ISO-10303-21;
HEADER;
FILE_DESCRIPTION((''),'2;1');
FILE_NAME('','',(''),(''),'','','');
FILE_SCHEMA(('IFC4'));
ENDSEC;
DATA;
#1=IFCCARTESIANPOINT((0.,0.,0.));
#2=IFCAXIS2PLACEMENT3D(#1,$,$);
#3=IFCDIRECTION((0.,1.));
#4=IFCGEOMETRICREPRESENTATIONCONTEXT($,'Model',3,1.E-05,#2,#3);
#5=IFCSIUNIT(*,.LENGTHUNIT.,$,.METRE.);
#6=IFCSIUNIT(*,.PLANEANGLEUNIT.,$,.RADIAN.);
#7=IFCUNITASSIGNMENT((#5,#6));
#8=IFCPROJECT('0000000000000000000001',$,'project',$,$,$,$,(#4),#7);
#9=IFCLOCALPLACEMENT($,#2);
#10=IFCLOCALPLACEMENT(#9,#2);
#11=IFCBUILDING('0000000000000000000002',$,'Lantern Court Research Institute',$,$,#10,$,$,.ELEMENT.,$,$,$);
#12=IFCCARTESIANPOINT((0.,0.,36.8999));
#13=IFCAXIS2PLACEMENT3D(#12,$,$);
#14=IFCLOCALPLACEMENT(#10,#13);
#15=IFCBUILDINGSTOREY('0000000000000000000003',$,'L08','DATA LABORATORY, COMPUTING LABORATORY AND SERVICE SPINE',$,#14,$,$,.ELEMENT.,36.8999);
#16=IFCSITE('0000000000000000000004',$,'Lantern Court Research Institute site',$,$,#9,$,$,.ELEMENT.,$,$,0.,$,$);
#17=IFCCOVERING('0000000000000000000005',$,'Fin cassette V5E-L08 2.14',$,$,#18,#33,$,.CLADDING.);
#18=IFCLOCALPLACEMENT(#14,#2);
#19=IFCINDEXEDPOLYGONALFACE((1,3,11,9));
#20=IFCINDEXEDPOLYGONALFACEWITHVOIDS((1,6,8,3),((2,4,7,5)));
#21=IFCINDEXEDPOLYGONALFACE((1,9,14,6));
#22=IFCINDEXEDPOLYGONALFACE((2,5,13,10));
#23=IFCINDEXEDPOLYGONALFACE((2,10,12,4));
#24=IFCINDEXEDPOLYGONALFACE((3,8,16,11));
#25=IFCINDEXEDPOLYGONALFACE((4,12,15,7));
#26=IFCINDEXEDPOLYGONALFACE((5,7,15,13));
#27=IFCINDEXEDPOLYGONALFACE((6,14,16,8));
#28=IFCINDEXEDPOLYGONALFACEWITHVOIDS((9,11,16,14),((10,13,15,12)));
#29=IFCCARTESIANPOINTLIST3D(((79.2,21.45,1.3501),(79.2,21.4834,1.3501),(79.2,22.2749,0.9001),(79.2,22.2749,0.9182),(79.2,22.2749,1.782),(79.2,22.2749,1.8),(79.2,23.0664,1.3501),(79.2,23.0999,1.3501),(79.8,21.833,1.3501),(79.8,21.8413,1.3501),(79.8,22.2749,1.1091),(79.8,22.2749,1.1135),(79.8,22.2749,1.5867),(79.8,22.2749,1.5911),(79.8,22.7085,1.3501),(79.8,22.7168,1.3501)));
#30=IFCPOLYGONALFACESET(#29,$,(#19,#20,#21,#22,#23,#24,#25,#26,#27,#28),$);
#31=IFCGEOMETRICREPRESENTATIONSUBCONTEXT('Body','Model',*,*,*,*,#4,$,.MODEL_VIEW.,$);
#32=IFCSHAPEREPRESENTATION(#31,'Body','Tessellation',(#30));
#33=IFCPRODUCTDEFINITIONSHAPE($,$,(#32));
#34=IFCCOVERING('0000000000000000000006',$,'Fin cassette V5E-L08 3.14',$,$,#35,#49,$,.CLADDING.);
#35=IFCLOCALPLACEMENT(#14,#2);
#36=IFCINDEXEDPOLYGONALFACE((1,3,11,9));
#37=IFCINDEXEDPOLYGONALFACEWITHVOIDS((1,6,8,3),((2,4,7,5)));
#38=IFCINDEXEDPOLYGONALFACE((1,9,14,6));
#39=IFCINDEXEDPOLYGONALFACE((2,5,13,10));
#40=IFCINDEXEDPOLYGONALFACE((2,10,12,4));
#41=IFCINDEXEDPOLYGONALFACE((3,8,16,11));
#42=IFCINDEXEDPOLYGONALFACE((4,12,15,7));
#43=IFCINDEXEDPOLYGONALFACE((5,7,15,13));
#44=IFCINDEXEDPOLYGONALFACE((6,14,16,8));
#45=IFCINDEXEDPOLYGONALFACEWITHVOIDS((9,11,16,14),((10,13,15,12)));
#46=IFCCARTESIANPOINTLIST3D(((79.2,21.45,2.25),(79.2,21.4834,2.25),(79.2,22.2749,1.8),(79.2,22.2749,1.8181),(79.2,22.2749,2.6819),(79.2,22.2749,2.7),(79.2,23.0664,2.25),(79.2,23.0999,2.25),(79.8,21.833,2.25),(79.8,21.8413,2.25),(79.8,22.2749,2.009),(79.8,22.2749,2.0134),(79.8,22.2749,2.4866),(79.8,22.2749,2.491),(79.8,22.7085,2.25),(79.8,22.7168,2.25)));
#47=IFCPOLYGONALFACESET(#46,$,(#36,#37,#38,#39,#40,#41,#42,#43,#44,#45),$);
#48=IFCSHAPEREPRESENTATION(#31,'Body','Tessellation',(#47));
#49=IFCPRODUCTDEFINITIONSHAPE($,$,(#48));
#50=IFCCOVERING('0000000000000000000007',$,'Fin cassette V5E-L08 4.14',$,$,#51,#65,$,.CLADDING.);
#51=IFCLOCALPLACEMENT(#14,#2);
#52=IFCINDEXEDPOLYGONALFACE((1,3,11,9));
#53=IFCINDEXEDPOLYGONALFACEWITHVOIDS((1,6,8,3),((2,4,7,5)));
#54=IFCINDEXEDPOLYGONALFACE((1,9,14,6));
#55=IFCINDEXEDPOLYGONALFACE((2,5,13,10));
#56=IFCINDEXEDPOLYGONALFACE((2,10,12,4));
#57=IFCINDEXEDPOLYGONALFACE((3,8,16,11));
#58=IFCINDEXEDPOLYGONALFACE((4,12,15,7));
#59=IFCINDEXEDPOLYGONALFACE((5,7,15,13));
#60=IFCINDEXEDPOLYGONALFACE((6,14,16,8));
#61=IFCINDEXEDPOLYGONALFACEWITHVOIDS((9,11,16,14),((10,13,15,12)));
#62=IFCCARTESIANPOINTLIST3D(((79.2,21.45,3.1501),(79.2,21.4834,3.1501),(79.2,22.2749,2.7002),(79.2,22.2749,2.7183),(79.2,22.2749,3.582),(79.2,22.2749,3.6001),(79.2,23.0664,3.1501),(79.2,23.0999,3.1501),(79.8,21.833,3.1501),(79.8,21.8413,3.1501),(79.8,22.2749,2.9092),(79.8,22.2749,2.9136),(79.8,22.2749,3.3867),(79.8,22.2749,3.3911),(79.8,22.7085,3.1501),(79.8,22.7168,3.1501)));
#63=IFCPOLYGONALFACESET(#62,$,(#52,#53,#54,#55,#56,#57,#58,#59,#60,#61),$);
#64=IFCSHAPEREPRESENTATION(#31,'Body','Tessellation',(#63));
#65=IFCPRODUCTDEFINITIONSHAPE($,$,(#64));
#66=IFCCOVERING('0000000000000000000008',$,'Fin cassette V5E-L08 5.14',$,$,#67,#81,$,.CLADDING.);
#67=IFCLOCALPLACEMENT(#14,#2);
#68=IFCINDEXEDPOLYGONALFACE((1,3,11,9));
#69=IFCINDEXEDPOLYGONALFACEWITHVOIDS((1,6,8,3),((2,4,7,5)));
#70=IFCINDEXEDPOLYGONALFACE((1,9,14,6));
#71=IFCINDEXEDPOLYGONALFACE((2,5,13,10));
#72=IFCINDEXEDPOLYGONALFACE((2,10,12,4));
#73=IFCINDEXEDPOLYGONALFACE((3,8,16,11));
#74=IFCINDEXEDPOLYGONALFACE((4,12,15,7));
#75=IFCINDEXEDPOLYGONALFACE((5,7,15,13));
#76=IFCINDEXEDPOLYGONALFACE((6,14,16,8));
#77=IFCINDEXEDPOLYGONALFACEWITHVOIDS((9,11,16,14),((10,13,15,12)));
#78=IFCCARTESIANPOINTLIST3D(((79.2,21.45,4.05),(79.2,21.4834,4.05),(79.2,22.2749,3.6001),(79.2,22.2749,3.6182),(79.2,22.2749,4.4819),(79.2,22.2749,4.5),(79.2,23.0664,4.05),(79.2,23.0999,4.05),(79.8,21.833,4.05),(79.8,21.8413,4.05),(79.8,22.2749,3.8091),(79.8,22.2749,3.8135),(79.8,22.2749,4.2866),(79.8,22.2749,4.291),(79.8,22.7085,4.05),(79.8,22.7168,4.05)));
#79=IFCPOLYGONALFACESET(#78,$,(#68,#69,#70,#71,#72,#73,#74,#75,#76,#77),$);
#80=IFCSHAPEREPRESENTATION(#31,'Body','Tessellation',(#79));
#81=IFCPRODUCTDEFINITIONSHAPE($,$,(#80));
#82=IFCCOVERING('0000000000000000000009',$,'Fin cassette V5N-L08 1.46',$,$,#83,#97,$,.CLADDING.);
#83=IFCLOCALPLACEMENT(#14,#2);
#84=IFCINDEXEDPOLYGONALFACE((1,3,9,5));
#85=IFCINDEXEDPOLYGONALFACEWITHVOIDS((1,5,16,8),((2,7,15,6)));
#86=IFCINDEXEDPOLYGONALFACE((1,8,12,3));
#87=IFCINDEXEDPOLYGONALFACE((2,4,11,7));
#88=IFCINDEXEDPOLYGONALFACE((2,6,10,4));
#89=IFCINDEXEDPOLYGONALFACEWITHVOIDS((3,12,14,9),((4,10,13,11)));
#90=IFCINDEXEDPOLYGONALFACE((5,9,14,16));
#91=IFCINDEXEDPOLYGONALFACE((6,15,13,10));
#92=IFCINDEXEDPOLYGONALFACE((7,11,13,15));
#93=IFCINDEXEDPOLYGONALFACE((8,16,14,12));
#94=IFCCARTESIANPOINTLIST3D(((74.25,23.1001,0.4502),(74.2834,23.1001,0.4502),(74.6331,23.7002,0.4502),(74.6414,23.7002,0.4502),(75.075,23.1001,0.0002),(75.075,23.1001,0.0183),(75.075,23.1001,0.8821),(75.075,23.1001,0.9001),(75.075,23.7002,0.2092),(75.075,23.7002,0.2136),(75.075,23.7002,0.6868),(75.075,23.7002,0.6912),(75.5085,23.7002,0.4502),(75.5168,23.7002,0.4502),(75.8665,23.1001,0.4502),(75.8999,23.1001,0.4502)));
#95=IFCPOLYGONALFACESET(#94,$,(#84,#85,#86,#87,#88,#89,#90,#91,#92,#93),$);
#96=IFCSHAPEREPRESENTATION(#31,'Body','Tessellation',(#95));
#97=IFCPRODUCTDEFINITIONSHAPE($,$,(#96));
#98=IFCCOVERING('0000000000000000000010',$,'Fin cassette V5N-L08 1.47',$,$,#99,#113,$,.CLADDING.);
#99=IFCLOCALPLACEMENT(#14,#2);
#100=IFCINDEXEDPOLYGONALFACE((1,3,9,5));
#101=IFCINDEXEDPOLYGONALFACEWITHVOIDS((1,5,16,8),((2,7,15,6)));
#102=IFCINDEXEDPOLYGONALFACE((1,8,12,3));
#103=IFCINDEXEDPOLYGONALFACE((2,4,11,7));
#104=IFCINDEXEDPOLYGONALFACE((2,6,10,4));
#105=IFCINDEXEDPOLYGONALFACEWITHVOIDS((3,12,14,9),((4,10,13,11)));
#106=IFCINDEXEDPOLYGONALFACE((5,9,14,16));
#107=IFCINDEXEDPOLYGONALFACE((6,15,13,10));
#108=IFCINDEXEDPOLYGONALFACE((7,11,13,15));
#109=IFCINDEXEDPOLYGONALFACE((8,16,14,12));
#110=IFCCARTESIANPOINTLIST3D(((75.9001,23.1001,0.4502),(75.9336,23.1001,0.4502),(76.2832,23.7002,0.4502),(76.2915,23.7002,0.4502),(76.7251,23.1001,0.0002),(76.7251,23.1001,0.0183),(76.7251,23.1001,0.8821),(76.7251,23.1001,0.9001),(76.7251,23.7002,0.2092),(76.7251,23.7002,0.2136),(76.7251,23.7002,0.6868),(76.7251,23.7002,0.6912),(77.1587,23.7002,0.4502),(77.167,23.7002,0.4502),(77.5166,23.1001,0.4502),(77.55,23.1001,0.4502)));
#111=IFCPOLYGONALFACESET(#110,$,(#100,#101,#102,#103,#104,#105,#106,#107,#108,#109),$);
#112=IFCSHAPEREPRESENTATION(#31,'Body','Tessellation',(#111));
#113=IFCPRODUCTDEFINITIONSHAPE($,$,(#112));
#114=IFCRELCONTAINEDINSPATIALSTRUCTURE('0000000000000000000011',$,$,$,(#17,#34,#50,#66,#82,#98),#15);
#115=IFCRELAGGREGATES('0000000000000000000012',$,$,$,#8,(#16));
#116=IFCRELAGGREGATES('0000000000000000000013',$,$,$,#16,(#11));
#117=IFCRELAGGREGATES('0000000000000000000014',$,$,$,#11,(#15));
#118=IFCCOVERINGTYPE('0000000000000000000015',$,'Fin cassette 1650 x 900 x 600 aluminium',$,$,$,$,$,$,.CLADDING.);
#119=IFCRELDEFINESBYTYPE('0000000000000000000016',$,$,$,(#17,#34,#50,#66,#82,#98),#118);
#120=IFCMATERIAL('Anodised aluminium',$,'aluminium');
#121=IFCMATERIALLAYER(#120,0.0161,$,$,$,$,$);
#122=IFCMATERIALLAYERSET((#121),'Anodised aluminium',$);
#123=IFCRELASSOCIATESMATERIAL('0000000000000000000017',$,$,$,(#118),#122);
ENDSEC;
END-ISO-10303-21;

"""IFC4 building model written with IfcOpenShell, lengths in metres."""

from ifc_helpers import new_model, entity, si_unit, direction, frame, origin, place, context, subcontext, project, spatial, material, layer, layer_set, type_object, element, save


model = new_model("IFC4")

# Units and contexts
model_context = context("Model", 3, precision=1e-05, world=origin(), true_north=direction((0.0, 1.0)))
body_context = subcontext(model_context, "Body", "Model", "MODEL_VIEW")
ifc_project = project(units=[si_unit("LENGTHUNIT", "METRE"), si_unit("PLANEANGLEUNIT", "RADIAN")], contexts=[model_context])

# Site, building, storey
site_placement = place(None, origin())
site = spatial("IfcSite", under=ifc_project, at=site_placement, Name="Lantern Court Research Institute site", CompositionType="ELEMENT", RefElevation=0.0)
building_placement = place(site_placement, origin())
building = spatial("IfcBuilding", under=site, at=building_placement, Name="Lantern Court Research Institute", CompositionType="ELEMENT")
storey_placement = place(building_placement, frame((0.0, 0.0, 36.8999)))
storey = spatial("IfcBuildingStorey", under=building, at=storey_placement, Name="L08", Description="DATA LABORATORY, COMPUTING LABORATORY AND SERVICE SPINE", CompositionType="ELEMENT", Elevation=36.8999)

# Coverings
ifc_material = material(Name="Anodised aluminium", Category="aluminium")
ifc_layer = layer(ifc_material, 0.0161)
ifc_layer_set = layer_set([ifc_layer], Name="Anodised aluminium")
covering_type = type_object("IfcCoveringType", Name="Fin cassette 1650 x 900 x 600 aluminium", PredefinedType="CLADDING", material=ifc_layer_set)
covering_1_placement = place(storey_placement, frame((79.2, 22.2749, 1.3501), z_axis=(1.0, 0.0, 0.0), x_axis=(0.0, 1.0, 0.0)))
cartesian_point_1 = entity("IfcCartesianPoint", [0.825, 0.0])
cartesian_point_2 = entity("IfcCartesianPoint", [0.7915, 0.0])
cartesian_point_3 = entity("IfcCartesianPoint", [0.4419, 0.0])
cartesian_point_4 = entity("IfcCartesianPoint", [0.4336, 0.0])
element("IfcCovering", 1, at=covering_1_placement, inside=storey, type_object=covering_type, Name="Fin cassette V5E-L08 2.14", PredefinedType="CLADDING", context=body_context, shape_type="SweptSolid", body=[
    entity("IfcExtrudedAreaSolidTapered", entity("IfcArbitraryProfileDefWithVoids", "AREA", None, entity("IfcPolyline", [cartesian_point_1, entity("IfcCartesianPoint", [0.0, 0.45]), entity("IfcCartesianPoint", [-0.825, 0.0]), entity("IfcCartesianPoint", [0.0, -0.45]), cartesian_point_1]), [entity("IfcPolyline", [cartesian_point_2, entity("IfcCartesianPoint", [0.0, 0.4319]), entity("IfcCartesianPoint", [-0.7915, 0.0]), entity("IfcCartesianPoint", [0.0, -0.4319]), cartesian_point_2])]), entity("IfcAxis2Placement3D", entity("IfcCartesianPoint", [0.0, 0.0, 0.0])), entity("IfcDirection", [0.0, 0.0, 1.0]), 0.6001, entity("IfcArbitraryProfileDefWithVoids", "AREA", None, entity("IfcPolyline", [cartesian_point_3, entity("IfcCartesianPoint", [0.0, 0.241]), entity("IfcCartesianPoint", [-0.4419, 0.0]), entity("IfcCartesianPoint", [0.0, -0.241]), cartesian_point_3]), [entity("IfcPolyline", [cartesian_point_4, entity("IfcCartesianPoint", [0.0, 0.2366]), entity("IfcCartesianPoint", [-0.4336, 0.0]), entity("IfcCartesianPoint", [0.0, -0.2366]), cartesian_point_4])])),
])
covering_2_placement = place(storey_placement, frame((79.2, 22.2749, 2.25), z_axis=(1.0, 0.0, 0.0), x_axis=(0.0, 1.0, 0.0)))
cartesian_point_5 = entity("IfcCartesianPoint", [0.825, 0.0])
cartesian_point_6 = entity("IfcCartesianPoint", [0.7915, 0.0])
cartesian_point_7 = entity("IfcCartesianPoint", [0.4419, 0.0])
cartesian_point_8 = entity("IfcCartesianPoint", [0.4336, 0.0])
element("IfcCovering", 2, at=covering_2_placement, inside=storey, type_object=covering_type, Name="Fin cassette V5E-L08 3.14", PredefinedType="CLADDING", context=body_context, shape_type="SweptSolid", body=[
    entity("IfcExtrudedAreaSolidTapered", entity("IfcArbitraryProfileDefWithVoids", "AREA", None, entity("IfcPolyline", [cartesian_point_5, entity("IfcCartesianPoint", [0.0, 0.45]), entity("IfcCartesianPoint", [-0.825, 0.0]), entity("IfcCartesianPoint", [0.0, -0.45]), cartesian_point_5]), [entity("IfcPolyline", [cartesian_point_6, entity("IfcCartesianPoint", [0.0, 0.4319]), entity("IfcCartesianPoint", [-0.7915, 0.0]), entity("IfcCartesianPoint", [0.0, -0.4319]), cartesian_point_6])]), entity("IfcAxis2Placement3D", entity("IfcCartesianPoint", [0.0, 0.0, 0.0])), entity("IfcDirection", [0.0, 0.0, 1.0]), 0.6001, entity("IfcArbitraryProfileDefWithVoids", "AREA", None, entity("IfcPolyline", [cartesian_point_7, entity("IfcCartesianPoint", [0.0, 0.241]), entity("IfcCartesianPoint", [-0.4419, 0.0]), entity("IfcCartesianPoint", [0.0, -0.241]), cartesian_point_7]), [entity("IfcPolyline", [cartesian_point_8, entity("IfcCartesianPoint", [0.0, 0.2366]), entity("IfcCartesianPoint", [-0.4336, 0.0]), entity("IfcCartesianPoint", [0.0, -0.2366]), cartesian_point_8])])),
])
covering_3_placement = place(storey_placement, frame((79.2, 22.2749, 3.1501), z_axis=(1.0, 0.0, 0.0), x_axis=(0.0, 1.0, 0.0)))
cartesian_point_9 = entity("IfcCartesianPoint", [0.825, 0.0])
cartesian_point_10 = entity("IfcCartesianPoint", [0.7915, 0.0])
cartesian_point_11 = entity("IfcCartesianPoint", [0.4419, 0.0])
cartesian_point_12 = entity("IfcCartesianPoint", [0.4336, 0.0])
element("IfcCovering", 3, at=covering_3_placement, inside=storey, type_object=covering_type, Name="Fin cassette V5E-L08 4.14", PredefinedType="CLADDING", context=body_context, shape_type="SweptSolid", body=[
    entity("IfcExtrudedAreaSolidTapered", entity("IfcArbitraryProfileDefWithVoids", "AREA", None, entity("IfcPolyline", [cartesian_point_9, entity("IfcCartesianPoint", [0.0, 0.45]), entity("IfcCartesianPoint", [-0.825, 0.0]), entity("IfcCartesianPoint", [0.0, -0.45]), cartesian_point_9]), [entity("IfcPolyline", [cartesian_point_10, entity("IfcCartesianPoint", [0.0, 0.4319]), entity("IfcCartesianPoint", [-0.7915, 0.0]), entity("IfcCartesianPoint", [0.0, -0.4319]), cartesian_point_10])]), entity("IfcAxis2Placement3D", entity("IfcCartesianPoint", [0.0, 0.0, 0.0])), entity("IfcDirection", [0.0, 0.0, 1.0]), 0.6001, entity("IfcArbitraryProfileDefWithVoids", "AREA", None, entity("IfcPolyline", [cartesian_point_11, entity("IfcCartesianPoint", [0.0, 0.241]), entity("IfcCartesianPoint", [-0.4419, 0.0]), entity("IfcCartesianPoint", [0.0, -0.241]), cartesian_point_11]), [entity("IfcPolyline", [cartesian_point_12, entity("IfcCartesianPoint", [0.0, 0.2366]), entity("IfcCartesianPoint", [-0.4336, 0.0]), entity("IfcCartesianPoint", [0.0, -0.2366]), cartesian_point_12])])),
])
covering_4_placement = place(storey_placement, frame((79.2, 22.2749, 4.05), z_axis=(1.0, 0.0, 0.0), x_axis=(0.0, 1.0, 0.0)))
cartesian_point_13 = entity("IfcCartesianPoint", [0.825, 0.0])
cartesian_point_14 = entity("IfcCartesianPoint", [0.7915, 0.0])
cartesian_point_15 = entity("IfcCartesianPoint", [0.4419, 0.0])
cartesian_point_16 = entity("IfcCartesianPoint", [0.4336, 0.0])
element("IfcCovering", 4, at=covering_4_placement, inside=storey, type_object=covering_type, Name="Fin cassette V5E-L08 5.14", PredefinedType="CLADDING", context=body_context, shape_type="SweptSolid", body=[
    entity("IfcExtrudedAreaSolidTapered", entity("IfcArbitraryProfileDefWithVoids", "AREA", None, entity("IfcPolyline", [cartesian_point_13, entity("IfcCartesianPoint", [0.0, 0.45]), entity("IfcCartesianPoint", [-0.825, 0.0]), entity("IfcCartesianPoint", [0.0, -0.45]), cartesian_point_13]), [entity("IfcPolyline", [cartesian_point_14, entity("IfcCartesianPoint", [0.0, 0.4319]), entity("IfcCartesianPoint", [-0.7915, 0.0]), entity("IfcCartesianPoint", [0.0, -0.4319]), cartesian_point_14])]), entity("IfcAxis2Placement3D", entity("IfcCartesianPoint", [0.0, 0.0, 0.0])), entity("IfcDirection", [0.0, 0.0, 1.0]), 0.6001, entity("IfcArbitraryProfileDefWithVoids", "AREA", None, entity("IfcPolyline", [cartesian_point_15, entity("IfcCartesianPoint", [0.0, 0.241]), entity("IfcCartesianPoint", [-0.4419, 0.0]), entity("IfcCartesianPoint", [0.0, -0.241]), cartesian_point_15]), [entity("IfcPolyline", [cartesian_point_16, entity("IfcCartesianPoint", [0.0, 0.2366]), entity("IfcCartesianPoint", [-0.4336, 0.0]), entity("IfcCartesianPoint", [0.0, -0.2366]), cartesian_point_16])])),
])
covering_5_placement = place(storey_placement, frame((75.075, 23.1001, 0.4502), z_axis=(0.0, 1.0, 0.0), x_axis=(-1.0, 0.0, 0.0)))
cartesian_point_17 = entity("IfcCartesianPoint", [0.825, 0.0])
cartesian_point_18 = entity("IfcCartesianPoint", [0.7915, 0.0])
cartesian_point_19 = entity("IfcCartesianPoint", [0.4419, 0.0])
cartesian_point_20 = entity("IfcCartesianPoint", [0.4336, 0.0])
element("IfcCovering", 5, at=covering_5_placement, inside=storey, type_object=covering_type, Name="Fin cassette V5N-L08 1.46", PredefinedType="CLADDING", context=body_context, shape_type="SweptSolid", body=[
    entity("IfcExtrudedAreaSolidTapered", entity("IfcArbitraryProfileDefWithVoids", "AREA", None, entity("IfcPolyline", [cartesian_point_17, entity("IfcCartesianPoint", [0.0, 0.45]), entity("IfcCartesianPoint", [-0.825, 0.0]), entity("IfcCartesianPoint", [0.0, -0.45]), cartesian_point_17]), [entity("IfcPolyline", [cartesian_point_18, entity("IfcCartesianPoint", [0.0, 0.4319]), entity("IfcCartesianPoint", [-0.7915, 0.0]), entity("IfcCartesianPoint", [0.0, -0.4319]), cartesian_point_18])]), entity("IfcAxis2Placement3D", entity("IfcCartesianPoint", [0.0, 0.0, 0.0])), entity("IfcDirection", [0.0, 0.0, 1.0]), 0.6001, entity("IfcArbitraryProfileDefWithVoids", "AREA", None, entity("IfcPolyline", [cartesian_point_19, entity("IfcCartesianPoint", [0.0, 0.241]), entity("IfcCartesianPoint", [-0.4419, 0.0]), entity("IfcCartesianPoint", [0.0, -0.241]), cartesian_point_19]), [entity("IfcPolyline", [cartesian_point_20, entity("IfcCartesianPoint", [0.0, 0.2366]), entity("IfcCartesianPoint", [-0.4336, 0.0]), entity("IfcCartesianPoint", [0.0, -0.2366]), cartesian_point_20])])),
])
covering_6_placement = place(storey_placement, frame((76.7251, 23.1001, 0.4502), z_axis=(0.0, 1.0, 0.0), x_axis=(-1.0, 0.0, 0.0)))
cartesian_point_21 = entity("IfcCartesianPoint", [0.825, 0.0])
cartesian_point_22 = entity("IfcCartesianPoint", [0.7915, 0.0])
cartesian_point_23 = entity("IfcCartesianPoint", [0.4419, 0.0])
cartesian_point_24 = entity("IfcCartesianPoint", [0.4336, 0.0])
element("IfcCovering", 6, at=covering_6_placement, inside=storey, type_object=covering_type, Name="Fin cassette V5N-L08 1.47", PredefinedType="CLADDING", context=body_context, shape_type="SweptSolid", body=[
    entity("IfcExtrudedAreaSolidTapered", entity("IfcArbitraryProfileDefWithVoids", "AREA", None, entity("IfcPolyline", [cartesian_point_21, entity("IfcCartesianPoint", [0.0, 0.45]), entity("IfcCartesianPoint", [-0.825, 0.0]), entity("IfcCartesianPoint", [0.0, -0.45]), cartesian_point_21]), [entity("IfcPolyline", [cartesian_point_22, entity("IfcCartesianPoint", [0.0, 0.4319]), entity("IfcCartesianPoint", [-0.7915, 0.0]), entity("IfcCartesianPoint", [0.0, -0.4319]), cartesian_point_22])]), entity("IfcAxis2Placement3D", entity("IfcCartesianPoint", [0.0, 0.0, 0.0])), entity("IfcDirection", [0.0, 0.0, 1.0]), 0.6001, entity("IfcArbitraryProfileDefWithVoids", "AREA", None, entity("IfcPolyline", [cartesian_point_23, entity("IfcCartesianPoint", [0.0, 0.241]), entity("IfcCartesianPoint", [-0.4419, 0.0]), entity("IfcCartesianPoint", [0.0, -0.241]), cartesian_point_23]), [entity("IfcPolyline", [cartesian_point_24, entity("IfcCartesianPoint", [0.0, 0.2366]), entity("IfcCartesianPoint", [-0.4336, 0.0]), entity("IfcCartesianPoint", [0.0, -0.2366]), cartesian_point_24])])),
])

save(model, "model.ifc")
